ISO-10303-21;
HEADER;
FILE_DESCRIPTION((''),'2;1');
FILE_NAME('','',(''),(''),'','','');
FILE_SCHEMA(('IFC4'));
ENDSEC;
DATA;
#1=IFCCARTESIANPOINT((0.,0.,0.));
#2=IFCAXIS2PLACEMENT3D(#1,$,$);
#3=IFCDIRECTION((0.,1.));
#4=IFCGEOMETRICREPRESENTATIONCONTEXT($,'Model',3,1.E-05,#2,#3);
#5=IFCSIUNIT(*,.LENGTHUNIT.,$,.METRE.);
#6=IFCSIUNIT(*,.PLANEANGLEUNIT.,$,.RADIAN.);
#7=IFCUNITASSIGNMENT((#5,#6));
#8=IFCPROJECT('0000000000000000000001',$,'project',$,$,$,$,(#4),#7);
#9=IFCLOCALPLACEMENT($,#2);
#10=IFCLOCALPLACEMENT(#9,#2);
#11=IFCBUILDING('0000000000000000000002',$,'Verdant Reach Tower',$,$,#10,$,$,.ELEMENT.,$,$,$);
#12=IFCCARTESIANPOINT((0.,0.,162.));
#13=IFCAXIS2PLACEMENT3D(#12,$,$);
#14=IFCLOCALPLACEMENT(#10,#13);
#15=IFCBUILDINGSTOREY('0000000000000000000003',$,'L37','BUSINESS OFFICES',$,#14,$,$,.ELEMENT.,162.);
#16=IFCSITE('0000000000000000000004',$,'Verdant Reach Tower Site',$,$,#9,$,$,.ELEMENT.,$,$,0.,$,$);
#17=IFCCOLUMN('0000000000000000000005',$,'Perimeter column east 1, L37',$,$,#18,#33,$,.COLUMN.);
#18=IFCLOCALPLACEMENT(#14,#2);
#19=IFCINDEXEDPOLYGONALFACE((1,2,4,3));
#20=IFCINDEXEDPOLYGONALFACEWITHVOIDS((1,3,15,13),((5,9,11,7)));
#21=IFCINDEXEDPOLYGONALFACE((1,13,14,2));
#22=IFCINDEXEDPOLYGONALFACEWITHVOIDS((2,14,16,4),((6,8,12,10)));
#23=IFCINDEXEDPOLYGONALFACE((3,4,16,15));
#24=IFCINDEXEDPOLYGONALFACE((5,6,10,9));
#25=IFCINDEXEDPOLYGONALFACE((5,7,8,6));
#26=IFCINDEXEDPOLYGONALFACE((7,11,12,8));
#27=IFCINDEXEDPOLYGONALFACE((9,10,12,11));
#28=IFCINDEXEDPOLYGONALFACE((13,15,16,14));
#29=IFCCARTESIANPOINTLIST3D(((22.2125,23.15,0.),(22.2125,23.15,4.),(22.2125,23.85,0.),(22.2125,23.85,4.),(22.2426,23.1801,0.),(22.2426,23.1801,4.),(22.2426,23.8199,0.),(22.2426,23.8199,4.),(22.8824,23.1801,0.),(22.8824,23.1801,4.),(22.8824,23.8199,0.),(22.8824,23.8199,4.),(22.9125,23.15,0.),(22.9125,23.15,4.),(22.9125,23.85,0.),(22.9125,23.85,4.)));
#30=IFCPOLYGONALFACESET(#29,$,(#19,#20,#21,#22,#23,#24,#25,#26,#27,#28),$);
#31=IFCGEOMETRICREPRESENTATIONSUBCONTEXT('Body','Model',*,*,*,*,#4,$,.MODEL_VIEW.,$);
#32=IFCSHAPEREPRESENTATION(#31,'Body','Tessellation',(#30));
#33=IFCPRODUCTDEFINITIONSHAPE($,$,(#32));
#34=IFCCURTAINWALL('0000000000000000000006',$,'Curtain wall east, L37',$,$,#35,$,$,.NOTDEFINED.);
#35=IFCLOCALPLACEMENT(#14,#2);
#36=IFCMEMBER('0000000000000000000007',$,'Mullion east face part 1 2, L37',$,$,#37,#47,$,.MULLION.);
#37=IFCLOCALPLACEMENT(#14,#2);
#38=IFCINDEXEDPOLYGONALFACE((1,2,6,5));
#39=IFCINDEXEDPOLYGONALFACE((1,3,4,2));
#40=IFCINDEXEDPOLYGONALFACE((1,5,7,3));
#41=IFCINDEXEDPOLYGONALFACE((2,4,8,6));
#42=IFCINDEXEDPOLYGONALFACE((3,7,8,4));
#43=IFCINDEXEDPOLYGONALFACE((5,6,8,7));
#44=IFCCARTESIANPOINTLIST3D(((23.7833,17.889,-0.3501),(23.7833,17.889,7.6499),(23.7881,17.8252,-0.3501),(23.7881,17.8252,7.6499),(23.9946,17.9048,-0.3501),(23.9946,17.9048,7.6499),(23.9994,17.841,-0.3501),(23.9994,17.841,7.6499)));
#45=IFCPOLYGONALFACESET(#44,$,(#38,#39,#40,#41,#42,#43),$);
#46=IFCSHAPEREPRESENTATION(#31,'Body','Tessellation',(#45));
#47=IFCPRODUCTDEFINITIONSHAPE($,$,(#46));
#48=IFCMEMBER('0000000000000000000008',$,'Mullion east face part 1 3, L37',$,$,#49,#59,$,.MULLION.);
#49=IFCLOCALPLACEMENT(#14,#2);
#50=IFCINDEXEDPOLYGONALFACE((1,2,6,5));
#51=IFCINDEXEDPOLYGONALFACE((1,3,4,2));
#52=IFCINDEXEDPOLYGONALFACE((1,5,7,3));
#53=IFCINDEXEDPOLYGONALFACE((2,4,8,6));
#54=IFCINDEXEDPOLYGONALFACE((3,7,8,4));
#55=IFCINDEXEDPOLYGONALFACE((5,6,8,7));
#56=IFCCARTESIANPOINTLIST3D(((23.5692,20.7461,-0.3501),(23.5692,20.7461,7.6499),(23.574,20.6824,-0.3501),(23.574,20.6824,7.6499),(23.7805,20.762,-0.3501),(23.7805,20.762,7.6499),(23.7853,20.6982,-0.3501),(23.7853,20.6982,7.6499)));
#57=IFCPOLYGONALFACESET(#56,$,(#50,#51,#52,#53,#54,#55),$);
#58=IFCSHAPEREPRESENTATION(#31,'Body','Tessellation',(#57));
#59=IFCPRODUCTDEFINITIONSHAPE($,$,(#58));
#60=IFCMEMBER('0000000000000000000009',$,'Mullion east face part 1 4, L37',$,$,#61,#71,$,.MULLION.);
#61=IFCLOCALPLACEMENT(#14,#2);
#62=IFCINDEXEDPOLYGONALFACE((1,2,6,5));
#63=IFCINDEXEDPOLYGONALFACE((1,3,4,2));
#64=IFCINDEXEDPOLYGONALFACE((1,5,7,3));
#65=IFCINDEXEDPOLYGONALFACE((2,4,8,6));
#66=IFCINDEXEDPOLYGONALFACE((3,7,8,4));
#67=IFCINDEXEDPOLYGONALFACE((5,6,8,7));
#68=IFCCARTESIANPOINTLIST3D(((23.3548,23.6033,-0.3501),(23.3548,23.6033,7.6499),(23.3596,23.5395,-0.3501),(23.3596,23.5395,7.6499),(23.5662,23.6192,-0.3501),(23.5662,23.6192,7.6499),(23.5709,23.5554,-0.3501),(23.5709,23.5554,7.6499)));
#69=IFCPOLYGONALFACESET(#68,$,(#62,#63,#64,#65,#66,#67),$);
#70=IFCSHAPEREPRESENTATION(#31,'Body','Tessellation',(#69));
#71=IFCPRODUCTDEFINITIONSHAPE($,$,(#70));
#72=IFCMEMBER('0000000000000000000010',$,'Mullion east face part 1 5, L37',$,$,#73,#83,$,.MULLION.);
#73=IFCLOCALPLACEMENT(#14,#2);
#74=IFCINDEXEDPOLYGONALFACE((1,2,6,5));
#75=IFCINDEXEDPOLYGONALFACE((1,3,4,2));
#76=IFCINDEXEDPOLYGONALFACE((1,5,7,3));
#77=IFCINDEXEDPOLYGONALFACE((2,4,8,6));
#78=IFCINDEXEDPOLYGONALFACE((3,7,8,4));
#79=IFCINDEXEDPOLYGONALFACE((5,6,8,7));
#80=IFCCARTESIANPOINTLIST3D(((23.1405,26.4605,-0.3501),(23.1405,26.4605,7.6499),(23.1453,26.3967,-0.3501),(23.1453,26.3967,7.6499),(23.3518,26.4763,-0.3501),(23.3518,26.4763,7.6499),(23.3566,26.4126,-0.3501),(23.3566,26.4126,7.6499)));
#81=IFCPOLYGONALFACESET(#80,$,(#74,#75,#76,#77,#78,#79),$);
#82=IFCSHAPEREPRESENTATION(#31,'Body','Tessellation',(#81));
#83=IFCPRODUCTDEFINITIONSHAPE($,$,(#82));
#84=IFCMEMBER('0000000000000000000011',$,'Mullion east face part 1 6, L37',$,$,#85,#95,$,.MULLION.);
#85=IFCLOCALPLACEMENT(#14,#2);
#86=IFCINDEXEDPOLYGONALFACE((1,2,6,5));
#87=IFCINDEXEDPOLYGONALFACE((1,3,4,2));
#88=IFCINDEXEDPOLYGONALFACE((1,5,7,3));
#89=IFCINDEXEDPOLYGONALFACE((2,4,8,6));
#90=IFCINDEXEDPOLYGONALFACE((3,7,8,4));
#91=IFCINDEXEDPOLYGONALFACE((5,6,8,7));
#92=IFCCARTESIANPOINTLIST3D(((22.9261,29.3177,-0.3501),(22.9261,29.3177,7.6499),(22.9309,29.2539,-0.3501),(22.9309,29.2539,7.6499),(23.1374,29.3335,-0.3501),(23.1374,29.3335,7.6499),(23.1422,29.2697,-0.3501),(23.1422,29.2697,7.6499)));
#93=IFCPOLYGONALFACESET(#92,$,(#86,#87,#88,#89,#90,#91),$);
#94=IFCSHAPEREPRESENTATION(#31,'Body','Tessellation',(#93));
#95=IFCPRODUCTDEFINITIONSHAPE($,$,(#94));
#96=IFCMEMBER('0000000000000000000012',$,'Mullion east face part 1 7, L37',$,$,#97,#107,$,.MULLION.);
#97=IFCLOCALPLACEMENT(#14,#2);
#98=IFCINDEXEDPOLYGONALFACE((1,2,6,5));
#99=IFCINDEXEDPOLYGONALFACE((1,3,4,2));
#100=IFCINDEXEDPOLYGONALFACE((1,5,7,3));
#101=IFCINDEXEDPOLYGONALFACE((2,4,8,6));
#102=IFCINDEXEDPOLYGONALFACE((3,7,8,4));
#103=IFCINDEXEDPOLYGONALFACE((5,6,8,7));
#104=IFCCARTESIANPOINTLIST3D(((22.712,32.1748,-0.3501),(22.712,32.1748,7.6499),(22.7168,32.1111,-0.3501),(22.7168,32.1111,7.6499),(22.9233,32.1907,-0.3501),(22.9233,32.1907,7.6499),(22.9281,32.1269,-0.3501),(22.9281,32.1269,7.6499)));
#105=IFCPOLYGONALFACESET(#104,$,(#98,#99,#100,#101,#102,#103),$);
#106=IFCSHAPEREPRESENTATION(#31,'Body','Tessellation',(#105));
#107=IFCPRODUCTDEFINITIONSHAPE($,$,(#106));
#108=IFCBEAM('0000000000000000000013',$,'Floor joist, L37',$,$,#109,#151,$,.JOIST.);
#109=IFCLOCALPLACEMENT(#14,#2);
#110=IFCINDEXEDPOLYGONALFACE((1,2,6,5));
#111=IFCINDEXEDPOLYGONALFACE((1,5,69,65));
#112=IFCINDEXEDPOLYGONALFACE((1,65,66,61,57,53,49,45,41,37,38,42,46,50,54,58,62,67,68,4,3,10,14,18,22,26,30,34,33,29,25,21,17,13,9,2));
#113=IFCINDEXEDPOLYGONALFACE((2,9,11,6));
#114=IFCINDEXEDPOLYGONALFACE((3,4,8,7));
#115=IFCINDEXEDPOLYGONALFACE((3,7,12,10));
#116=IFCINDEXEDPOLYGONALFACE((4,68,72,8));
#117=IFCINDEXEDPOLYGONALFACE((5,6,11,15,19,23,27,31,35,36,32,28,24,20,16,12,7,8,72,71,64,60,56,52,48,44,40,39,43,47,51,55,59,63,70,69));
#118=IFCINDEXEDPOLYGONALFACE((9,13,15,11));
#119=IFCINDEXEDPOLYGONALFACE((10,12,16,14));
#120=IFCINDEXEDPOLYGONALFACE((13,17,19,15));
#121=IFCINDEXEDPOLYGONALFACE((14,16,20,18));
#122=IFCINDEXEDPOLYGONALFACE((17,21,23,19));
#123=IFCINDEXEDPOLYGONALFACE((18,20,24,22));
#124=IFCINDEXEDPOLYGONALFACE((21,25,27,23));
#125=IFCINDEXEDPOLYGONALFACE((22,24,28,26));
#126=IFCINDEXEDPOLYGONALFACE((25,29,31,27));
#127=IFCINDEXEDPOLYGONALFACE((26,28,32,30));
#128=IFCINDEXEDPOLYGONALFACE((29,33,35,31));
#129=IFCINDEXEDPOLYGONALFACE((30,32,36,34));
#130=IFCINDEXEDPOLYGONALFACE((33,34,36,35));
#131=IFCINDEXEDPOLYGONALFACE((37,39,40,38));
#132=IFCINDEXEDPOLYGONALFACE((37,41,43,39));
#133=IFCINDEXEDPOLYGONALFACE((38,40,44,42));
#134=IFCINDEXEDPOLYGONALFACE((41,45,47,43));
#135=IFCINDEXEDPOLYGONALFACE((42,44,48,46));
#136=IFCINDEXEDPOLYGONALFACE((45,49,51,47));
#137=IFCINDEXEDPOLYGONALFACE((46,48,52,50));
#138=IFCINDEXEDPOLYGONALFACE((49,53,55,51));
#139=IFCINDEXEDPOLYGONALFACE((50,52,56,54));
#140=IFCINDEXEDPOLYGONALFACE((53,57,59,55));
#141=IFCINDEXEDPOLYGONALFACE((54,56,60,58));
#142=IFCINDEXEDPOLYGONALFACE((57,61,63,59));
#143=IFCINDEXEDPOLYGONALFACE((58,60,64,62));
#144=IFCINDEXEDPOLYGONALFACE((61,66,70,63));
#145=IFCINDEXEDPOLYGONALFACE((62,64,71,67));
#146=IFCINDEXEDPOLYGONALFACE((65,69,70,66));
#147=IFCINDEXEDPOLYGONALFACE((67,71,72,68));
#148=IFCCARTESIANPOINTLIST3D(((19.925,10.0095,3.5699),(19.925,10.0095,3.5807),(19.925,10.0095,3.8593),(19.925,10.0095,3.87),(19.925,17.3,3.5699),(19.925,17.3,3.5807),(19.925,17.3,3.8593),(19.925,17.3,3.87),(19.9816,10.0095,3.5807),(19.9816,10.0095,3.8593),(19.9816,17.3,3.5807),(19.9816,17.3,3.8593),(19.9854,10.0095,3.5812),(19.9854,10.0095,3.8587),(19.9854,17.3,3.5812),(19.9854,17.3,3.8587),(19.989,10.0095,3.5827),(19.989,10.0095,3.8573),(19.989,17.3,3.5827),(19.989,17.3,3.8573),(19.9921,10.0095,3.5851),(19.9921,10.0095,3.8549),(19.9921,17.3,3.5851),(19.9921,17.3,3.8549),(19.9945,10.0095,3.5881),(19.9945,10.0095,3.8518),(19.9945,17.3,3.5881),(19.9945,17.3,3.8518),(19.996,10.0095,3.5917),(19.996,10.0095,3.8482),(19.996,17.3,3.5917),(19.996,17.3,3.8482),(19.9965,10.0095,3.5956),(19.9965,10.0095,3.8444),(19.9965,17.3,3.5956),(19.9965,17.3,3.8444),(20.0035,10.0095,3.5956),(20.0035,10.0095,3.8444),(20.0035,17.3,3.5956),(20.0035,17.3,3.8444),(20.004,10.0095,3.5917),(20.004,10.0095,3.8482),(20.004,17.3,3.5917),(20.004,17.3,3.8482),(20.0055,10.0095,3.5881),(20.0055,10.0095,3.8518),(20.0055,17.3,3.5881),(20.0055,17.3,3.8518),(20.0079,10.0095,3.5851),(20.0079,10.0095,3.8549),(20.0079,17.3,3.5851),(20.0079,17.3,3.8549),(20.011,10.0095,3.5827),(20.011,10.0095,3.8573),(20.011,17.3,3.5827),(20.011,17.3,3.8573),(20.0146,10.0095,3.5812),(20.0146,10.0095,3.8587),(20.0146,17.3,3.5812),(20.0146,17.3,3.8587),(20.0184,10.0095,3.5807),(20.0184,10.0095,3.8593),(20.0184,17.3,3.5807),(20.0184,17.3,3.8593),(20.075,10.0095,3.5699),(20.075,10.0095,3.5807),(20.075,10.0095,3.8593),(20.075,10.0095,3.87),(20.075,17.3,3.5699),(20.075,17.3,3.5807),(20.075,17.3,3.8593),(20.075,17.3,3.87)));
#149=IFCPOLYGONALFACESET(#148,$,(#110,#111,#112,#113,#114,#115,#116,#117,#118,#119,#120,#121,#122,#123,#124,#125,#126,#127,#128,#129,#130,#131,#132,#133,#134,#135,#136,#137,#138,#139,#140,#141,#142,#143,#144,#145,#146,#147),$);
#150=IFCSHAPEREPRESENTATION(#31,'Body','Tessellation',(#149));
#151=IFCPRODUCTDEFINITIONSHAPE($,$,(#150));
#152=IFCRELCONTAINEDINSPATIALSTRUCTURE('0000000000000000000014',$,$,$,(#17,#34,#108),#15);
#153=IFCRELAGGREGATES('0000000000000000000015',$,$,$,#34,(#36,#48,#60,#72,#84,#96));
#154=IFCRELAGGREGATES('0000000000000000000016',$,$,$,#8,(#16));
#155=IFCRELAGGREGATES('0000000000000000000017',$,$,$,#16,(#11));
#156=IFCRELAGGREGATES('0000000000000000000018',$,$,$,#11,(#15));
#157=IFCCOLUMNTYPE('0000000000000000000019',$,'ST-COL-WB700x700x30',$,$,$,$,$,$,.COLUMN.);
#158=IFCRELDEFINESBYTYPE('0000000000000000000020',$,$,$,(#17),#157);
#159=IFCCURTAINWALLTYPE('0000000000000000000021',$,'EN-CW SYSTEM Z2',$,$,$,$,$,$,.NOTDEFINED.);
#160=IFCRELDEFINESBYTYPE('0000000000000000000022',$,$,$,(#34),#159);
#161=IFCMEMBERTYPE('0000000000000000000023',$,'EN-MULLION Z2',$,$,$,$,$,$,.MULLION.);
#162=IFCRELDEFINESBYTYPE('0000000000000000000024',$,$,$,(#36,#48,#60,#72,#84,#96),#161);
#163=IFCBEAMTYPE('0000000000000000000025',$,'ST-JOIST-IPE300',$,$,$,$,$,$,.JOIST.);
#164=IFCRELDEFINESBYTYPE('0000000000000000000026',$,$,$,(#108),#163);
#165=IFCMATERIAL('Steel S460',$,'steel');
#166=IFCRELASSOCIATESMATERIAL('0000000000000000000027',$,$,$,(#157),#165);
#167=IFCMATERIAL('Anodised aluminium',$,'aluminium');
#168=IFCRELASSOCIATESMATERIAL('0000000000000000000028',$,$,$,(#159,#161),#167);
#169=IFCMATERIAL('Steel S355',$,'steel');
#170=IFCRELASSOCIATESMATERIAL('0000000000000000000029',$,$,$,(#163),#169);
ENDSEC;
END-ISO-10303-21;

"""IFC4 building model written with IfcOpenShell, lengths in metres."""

from ifc_helpers import new_model, si_unit, direction, frame, origin, origin_2d, place, context, subcontext, project, spatial, rectangle, hollow_rectangle, i_section, extrude, material, material_profile, profile_set, type_object, element, aggregate, save


model = new_model("IFC4")

# Units and contexts
model_context = context("Model", 3, precision=1e-05, world=origin(), true_north=direction((0.0, 1.0)))
body_context = subcontext(model_context, "Body", "Model", "MODEL_VIEW")
ifc_project = project(units=[si_unit("LENGTHUNIT", "METRE"), si_unit("PLANEANGLEUNIT", "RADIAN")], contexts=[model_context])

# Site, building, storey
site_placement = place(None, origin())
site = spatial("IfcSite", under=ifc_project, at=site_placement, Name="Verdant Reach Tower Site", CompositionType="ELEMENT", RefElevation=0.0)
building_placement = place(site_placement, origin())
building = spatial("IfcBuilding", under=site, at=building_placement, Name="Verdant Reach Tower", CompositionType="ELEMENT")
storey_placement = place(building_placement, frame((0.0, 0.0, 162.0)))
storey = spatial("IfcBuildingStorey", under=building, at=storey_placement, Name="L37", Description="BUSINESS OFFICES", CompositionType="ELEMENT", Elevation=162.0)

# Column
ifc_material_1 = material(Name="Steel S460", Category="steel")
ifc_material_profile_1 = material_profile(ifc_material_1, hollow_rectangle(XDim=0.7, YDim=0.7, WallThickness=0.03, at=origin_2d()), Name="WB 700x700x30")
ifc_profile_set_1 = profile_set([ifc_material_profile_1], Name="Steel S460")
column_type = type_object("IfcColumnType", Name="ST-COL-WB700x700x30", PredefinedType="COLUMN", material=ifc_profile_set_1)
column_placement = place(storey_placement, frame((22.5625, 23.5, 0.0), z_axis=(0.0, 0.0, 1.0), x_axis=(1.0, 0.0, 0.0)))
element("IfcColumn", 1, at=column_placement, inside=storey, type_object=column_type, Name="Perimeter column east 1, L37", PredefinedType="COLUMN", context=body_context, shape_type="SweptSolid", body=[
    extrude(hollow_rectangle(XDim=0.7, YDim=0.7, WallThickness=0.03, at=origin_2d()), origin(), (0.0, 0.0, 1.0), 4.0),
])

# Curtain wall, members
ifc_material_2 = material(Name="Anodised aluminium", Category="aluminium")
curtain_wall_type = type_object("IfcCurtainWallType", Name="EN-CW SYSTEM Z2", PredefinedType="NOTDEFINED", material=ifc_material_2)
curtain_wall_placement = place(storey_placement, origin())
curtain_wall = element("IfcCurtainWall", 2, at=curtain_wall_placement, inside=storey, type_object=curtain_wall_type, Name="Curtain wall east, L37", PredefinedType="NOTDEFINED")
ifc_material_profile_2 = material_profile(ifc_material_2, rectangle(XDim=0.2119, YDim=0.064, at=origin_2d()), Name="Mullion 64x212")
ifc_profile_set_2 = profile_set([ifc_material_profile_2], Name="Anodised aluminium")
member_type = type_object("IfcMemberType", Name="EN-MULLION Z2", PredefinedType="MULLION", material=ifc_profile_set_2)
member_1_placement = place(storey_placement, frame((23.8914, 17.865, -0.3501), z_axis=(0.0, 0.0, 1.0), x_axis=(0.997199, 0.07479, 0.0)))
member_1 = element("IfcMember", 3, at=member_1_placement, type_object=member_type, Name="Mullion east face part 1 2, L37", PredefinedType="MULLION", context=body_context, shape_type="SweptSolid", body=[
    extrude(rectangle(XDim=0.2119, YDim=0.064, at=origin_2d()), origin(), (0.0, 0.0, 1.0), 8.0),
])
member_2_placement = place(storey_placement, frame((23.6772, 20.7222, -0.3501), z_axis=(0.0, 0.0, 1.0), x_axis=(0.997199, 0.07479, 0.0)))
member_2 = element("IfcMember", 4, at=member_2_placement, type_object=member_type, Name="Mullion east face part 1 3, L37", PredefinedType="MULLION", context=body_context, shape_type="SweptSolid", body=[
    extrude(rectangle(XDim=0.2119, YDim=0.064, at=origin_2d()), origin(), (0.0, 0.0, 1.0), 8.0),
])
member_3_placement = place(storey_placement, frame((23.4629, 23.5793, -0.3501), z_axis=(0.0, 0.0, 1.0), x_axis=(0.997199, 0.07479, 0.0)))
member_3 = element("IfcMember", 5, at=member_3_placement, type_object=member_type, Name="Mullion east face part 1 4, L37", PredefinedType="MULLION", context=body_context, shape_type="SweptSolid", body=[
    extrude(rectangle(XDim=0.2119, YDim=0.064, at=origin_2d()), origin(), (0.0, 0.0, 1.0), 8.0),
])
member_4_placement = place(storey_placement, frame((23.2485, 26.4365, -0.3501), z_axis=(0.0, 0.0, 1.0), x_axis=(0.997199, 0.07479, 0.0)))
member_4 = element("IfcMember", 6, at=member_4_placement, type_object=member_type, Name="Mullion east face part 1 5, L37", PredefinedType="MULLION", context=body_context, shape_type="SweptSolid", body=[
    extrude(rectangle(XDim=0.2119, YDim=0.064, at=origin_2d()), origin(), (0.0, 0.0, 1.0), 8.0),
])
member_5_placement = place(storey_placement, frame((23.0342, 29.2937, -0.3501), z_axis=(0.0, 0.0, 1.0), x_axis=(0.997199, 0.07479, 0.0)))
member_5 = element("IfcMember", 7, at=member_5_placement, type_object=member_type, Name="Mullion east face part 1 6, L37", PredefinedType="MULLION", context=body_context, shape_type="SweptSolid", body=[
    extrude(rectangle(XDim=0.2119, YDim=0.064, at=origin_2d()), origin(), (0.0, 0.0, 1.0), 8.0),
])
member_6_placement = place(storey_placement, frame((22.8201, 32.1509, -0.3501), z_axis=(0.0, 0.0, 1.0), x_axis=(0.997199, 0.07479, 0.0)))
member_6 = element("IfcMember", 8, at=member_6_placement, type_object=member_type, Name="Mullion east face part 1 7, L37", PredefinedType="MULLION", context=body_context, shape_type="SweptSolid", body=[
    extrude(rectangle(XDim=0.2119, YDim=0.064, at=origin_2d()), origin(), (0.0, 0.0, 1.0), 8.0),
])

# Beam
ifc_material_3 = material(Name="Steel S355", Category="steel")
ifc_material_profile_3 = material_profile(ifc_material_3, i_section(OverallWidth=0.1499, OverallDepth=0.3, WebThickness=0.0071, FlangeThickness=0.0107, FilletRadius=0.0149, at=origin_2d()), Name="IPE 300")
ifc_profile_set_3 = profile_set([ifc_material_profile_3], Name="Steel S355")
beam_type_1 = type_object("IfcBeamType", Name="ST-JOIST-IPE300", PredefinedType="JOIST", material=ifc_profile_set_3)
beam_1_placement = place(storey_placement, frame((20.0, 17.3, 3.72), z_axis=(0.0, -1.0, 0.0), x_axis=(1.0, 0.0, 0.0)))
element("IfcBeam", 9, at=beam_1_placement, inside=storey, type_object=beam_type_1, Name="Floor joist, L37", PredefinedType="JOIST", context=body_context, shape_type="SweptSolid", body=[
    extrude(i_section(OverallWidth=0.1499, OverallDepth=0.3, WebThickness=0.0071, FlangeThickness=0.0107, FilletRadius=0.0149, at=origin_2d()), origin(), (0.0, 0.0, 1.0), 7.2905),
])

aggregate(curtain_wall, [member_1, member_2, member_3, member_4, member_5, member_6])

save(model, "model.ifc")
